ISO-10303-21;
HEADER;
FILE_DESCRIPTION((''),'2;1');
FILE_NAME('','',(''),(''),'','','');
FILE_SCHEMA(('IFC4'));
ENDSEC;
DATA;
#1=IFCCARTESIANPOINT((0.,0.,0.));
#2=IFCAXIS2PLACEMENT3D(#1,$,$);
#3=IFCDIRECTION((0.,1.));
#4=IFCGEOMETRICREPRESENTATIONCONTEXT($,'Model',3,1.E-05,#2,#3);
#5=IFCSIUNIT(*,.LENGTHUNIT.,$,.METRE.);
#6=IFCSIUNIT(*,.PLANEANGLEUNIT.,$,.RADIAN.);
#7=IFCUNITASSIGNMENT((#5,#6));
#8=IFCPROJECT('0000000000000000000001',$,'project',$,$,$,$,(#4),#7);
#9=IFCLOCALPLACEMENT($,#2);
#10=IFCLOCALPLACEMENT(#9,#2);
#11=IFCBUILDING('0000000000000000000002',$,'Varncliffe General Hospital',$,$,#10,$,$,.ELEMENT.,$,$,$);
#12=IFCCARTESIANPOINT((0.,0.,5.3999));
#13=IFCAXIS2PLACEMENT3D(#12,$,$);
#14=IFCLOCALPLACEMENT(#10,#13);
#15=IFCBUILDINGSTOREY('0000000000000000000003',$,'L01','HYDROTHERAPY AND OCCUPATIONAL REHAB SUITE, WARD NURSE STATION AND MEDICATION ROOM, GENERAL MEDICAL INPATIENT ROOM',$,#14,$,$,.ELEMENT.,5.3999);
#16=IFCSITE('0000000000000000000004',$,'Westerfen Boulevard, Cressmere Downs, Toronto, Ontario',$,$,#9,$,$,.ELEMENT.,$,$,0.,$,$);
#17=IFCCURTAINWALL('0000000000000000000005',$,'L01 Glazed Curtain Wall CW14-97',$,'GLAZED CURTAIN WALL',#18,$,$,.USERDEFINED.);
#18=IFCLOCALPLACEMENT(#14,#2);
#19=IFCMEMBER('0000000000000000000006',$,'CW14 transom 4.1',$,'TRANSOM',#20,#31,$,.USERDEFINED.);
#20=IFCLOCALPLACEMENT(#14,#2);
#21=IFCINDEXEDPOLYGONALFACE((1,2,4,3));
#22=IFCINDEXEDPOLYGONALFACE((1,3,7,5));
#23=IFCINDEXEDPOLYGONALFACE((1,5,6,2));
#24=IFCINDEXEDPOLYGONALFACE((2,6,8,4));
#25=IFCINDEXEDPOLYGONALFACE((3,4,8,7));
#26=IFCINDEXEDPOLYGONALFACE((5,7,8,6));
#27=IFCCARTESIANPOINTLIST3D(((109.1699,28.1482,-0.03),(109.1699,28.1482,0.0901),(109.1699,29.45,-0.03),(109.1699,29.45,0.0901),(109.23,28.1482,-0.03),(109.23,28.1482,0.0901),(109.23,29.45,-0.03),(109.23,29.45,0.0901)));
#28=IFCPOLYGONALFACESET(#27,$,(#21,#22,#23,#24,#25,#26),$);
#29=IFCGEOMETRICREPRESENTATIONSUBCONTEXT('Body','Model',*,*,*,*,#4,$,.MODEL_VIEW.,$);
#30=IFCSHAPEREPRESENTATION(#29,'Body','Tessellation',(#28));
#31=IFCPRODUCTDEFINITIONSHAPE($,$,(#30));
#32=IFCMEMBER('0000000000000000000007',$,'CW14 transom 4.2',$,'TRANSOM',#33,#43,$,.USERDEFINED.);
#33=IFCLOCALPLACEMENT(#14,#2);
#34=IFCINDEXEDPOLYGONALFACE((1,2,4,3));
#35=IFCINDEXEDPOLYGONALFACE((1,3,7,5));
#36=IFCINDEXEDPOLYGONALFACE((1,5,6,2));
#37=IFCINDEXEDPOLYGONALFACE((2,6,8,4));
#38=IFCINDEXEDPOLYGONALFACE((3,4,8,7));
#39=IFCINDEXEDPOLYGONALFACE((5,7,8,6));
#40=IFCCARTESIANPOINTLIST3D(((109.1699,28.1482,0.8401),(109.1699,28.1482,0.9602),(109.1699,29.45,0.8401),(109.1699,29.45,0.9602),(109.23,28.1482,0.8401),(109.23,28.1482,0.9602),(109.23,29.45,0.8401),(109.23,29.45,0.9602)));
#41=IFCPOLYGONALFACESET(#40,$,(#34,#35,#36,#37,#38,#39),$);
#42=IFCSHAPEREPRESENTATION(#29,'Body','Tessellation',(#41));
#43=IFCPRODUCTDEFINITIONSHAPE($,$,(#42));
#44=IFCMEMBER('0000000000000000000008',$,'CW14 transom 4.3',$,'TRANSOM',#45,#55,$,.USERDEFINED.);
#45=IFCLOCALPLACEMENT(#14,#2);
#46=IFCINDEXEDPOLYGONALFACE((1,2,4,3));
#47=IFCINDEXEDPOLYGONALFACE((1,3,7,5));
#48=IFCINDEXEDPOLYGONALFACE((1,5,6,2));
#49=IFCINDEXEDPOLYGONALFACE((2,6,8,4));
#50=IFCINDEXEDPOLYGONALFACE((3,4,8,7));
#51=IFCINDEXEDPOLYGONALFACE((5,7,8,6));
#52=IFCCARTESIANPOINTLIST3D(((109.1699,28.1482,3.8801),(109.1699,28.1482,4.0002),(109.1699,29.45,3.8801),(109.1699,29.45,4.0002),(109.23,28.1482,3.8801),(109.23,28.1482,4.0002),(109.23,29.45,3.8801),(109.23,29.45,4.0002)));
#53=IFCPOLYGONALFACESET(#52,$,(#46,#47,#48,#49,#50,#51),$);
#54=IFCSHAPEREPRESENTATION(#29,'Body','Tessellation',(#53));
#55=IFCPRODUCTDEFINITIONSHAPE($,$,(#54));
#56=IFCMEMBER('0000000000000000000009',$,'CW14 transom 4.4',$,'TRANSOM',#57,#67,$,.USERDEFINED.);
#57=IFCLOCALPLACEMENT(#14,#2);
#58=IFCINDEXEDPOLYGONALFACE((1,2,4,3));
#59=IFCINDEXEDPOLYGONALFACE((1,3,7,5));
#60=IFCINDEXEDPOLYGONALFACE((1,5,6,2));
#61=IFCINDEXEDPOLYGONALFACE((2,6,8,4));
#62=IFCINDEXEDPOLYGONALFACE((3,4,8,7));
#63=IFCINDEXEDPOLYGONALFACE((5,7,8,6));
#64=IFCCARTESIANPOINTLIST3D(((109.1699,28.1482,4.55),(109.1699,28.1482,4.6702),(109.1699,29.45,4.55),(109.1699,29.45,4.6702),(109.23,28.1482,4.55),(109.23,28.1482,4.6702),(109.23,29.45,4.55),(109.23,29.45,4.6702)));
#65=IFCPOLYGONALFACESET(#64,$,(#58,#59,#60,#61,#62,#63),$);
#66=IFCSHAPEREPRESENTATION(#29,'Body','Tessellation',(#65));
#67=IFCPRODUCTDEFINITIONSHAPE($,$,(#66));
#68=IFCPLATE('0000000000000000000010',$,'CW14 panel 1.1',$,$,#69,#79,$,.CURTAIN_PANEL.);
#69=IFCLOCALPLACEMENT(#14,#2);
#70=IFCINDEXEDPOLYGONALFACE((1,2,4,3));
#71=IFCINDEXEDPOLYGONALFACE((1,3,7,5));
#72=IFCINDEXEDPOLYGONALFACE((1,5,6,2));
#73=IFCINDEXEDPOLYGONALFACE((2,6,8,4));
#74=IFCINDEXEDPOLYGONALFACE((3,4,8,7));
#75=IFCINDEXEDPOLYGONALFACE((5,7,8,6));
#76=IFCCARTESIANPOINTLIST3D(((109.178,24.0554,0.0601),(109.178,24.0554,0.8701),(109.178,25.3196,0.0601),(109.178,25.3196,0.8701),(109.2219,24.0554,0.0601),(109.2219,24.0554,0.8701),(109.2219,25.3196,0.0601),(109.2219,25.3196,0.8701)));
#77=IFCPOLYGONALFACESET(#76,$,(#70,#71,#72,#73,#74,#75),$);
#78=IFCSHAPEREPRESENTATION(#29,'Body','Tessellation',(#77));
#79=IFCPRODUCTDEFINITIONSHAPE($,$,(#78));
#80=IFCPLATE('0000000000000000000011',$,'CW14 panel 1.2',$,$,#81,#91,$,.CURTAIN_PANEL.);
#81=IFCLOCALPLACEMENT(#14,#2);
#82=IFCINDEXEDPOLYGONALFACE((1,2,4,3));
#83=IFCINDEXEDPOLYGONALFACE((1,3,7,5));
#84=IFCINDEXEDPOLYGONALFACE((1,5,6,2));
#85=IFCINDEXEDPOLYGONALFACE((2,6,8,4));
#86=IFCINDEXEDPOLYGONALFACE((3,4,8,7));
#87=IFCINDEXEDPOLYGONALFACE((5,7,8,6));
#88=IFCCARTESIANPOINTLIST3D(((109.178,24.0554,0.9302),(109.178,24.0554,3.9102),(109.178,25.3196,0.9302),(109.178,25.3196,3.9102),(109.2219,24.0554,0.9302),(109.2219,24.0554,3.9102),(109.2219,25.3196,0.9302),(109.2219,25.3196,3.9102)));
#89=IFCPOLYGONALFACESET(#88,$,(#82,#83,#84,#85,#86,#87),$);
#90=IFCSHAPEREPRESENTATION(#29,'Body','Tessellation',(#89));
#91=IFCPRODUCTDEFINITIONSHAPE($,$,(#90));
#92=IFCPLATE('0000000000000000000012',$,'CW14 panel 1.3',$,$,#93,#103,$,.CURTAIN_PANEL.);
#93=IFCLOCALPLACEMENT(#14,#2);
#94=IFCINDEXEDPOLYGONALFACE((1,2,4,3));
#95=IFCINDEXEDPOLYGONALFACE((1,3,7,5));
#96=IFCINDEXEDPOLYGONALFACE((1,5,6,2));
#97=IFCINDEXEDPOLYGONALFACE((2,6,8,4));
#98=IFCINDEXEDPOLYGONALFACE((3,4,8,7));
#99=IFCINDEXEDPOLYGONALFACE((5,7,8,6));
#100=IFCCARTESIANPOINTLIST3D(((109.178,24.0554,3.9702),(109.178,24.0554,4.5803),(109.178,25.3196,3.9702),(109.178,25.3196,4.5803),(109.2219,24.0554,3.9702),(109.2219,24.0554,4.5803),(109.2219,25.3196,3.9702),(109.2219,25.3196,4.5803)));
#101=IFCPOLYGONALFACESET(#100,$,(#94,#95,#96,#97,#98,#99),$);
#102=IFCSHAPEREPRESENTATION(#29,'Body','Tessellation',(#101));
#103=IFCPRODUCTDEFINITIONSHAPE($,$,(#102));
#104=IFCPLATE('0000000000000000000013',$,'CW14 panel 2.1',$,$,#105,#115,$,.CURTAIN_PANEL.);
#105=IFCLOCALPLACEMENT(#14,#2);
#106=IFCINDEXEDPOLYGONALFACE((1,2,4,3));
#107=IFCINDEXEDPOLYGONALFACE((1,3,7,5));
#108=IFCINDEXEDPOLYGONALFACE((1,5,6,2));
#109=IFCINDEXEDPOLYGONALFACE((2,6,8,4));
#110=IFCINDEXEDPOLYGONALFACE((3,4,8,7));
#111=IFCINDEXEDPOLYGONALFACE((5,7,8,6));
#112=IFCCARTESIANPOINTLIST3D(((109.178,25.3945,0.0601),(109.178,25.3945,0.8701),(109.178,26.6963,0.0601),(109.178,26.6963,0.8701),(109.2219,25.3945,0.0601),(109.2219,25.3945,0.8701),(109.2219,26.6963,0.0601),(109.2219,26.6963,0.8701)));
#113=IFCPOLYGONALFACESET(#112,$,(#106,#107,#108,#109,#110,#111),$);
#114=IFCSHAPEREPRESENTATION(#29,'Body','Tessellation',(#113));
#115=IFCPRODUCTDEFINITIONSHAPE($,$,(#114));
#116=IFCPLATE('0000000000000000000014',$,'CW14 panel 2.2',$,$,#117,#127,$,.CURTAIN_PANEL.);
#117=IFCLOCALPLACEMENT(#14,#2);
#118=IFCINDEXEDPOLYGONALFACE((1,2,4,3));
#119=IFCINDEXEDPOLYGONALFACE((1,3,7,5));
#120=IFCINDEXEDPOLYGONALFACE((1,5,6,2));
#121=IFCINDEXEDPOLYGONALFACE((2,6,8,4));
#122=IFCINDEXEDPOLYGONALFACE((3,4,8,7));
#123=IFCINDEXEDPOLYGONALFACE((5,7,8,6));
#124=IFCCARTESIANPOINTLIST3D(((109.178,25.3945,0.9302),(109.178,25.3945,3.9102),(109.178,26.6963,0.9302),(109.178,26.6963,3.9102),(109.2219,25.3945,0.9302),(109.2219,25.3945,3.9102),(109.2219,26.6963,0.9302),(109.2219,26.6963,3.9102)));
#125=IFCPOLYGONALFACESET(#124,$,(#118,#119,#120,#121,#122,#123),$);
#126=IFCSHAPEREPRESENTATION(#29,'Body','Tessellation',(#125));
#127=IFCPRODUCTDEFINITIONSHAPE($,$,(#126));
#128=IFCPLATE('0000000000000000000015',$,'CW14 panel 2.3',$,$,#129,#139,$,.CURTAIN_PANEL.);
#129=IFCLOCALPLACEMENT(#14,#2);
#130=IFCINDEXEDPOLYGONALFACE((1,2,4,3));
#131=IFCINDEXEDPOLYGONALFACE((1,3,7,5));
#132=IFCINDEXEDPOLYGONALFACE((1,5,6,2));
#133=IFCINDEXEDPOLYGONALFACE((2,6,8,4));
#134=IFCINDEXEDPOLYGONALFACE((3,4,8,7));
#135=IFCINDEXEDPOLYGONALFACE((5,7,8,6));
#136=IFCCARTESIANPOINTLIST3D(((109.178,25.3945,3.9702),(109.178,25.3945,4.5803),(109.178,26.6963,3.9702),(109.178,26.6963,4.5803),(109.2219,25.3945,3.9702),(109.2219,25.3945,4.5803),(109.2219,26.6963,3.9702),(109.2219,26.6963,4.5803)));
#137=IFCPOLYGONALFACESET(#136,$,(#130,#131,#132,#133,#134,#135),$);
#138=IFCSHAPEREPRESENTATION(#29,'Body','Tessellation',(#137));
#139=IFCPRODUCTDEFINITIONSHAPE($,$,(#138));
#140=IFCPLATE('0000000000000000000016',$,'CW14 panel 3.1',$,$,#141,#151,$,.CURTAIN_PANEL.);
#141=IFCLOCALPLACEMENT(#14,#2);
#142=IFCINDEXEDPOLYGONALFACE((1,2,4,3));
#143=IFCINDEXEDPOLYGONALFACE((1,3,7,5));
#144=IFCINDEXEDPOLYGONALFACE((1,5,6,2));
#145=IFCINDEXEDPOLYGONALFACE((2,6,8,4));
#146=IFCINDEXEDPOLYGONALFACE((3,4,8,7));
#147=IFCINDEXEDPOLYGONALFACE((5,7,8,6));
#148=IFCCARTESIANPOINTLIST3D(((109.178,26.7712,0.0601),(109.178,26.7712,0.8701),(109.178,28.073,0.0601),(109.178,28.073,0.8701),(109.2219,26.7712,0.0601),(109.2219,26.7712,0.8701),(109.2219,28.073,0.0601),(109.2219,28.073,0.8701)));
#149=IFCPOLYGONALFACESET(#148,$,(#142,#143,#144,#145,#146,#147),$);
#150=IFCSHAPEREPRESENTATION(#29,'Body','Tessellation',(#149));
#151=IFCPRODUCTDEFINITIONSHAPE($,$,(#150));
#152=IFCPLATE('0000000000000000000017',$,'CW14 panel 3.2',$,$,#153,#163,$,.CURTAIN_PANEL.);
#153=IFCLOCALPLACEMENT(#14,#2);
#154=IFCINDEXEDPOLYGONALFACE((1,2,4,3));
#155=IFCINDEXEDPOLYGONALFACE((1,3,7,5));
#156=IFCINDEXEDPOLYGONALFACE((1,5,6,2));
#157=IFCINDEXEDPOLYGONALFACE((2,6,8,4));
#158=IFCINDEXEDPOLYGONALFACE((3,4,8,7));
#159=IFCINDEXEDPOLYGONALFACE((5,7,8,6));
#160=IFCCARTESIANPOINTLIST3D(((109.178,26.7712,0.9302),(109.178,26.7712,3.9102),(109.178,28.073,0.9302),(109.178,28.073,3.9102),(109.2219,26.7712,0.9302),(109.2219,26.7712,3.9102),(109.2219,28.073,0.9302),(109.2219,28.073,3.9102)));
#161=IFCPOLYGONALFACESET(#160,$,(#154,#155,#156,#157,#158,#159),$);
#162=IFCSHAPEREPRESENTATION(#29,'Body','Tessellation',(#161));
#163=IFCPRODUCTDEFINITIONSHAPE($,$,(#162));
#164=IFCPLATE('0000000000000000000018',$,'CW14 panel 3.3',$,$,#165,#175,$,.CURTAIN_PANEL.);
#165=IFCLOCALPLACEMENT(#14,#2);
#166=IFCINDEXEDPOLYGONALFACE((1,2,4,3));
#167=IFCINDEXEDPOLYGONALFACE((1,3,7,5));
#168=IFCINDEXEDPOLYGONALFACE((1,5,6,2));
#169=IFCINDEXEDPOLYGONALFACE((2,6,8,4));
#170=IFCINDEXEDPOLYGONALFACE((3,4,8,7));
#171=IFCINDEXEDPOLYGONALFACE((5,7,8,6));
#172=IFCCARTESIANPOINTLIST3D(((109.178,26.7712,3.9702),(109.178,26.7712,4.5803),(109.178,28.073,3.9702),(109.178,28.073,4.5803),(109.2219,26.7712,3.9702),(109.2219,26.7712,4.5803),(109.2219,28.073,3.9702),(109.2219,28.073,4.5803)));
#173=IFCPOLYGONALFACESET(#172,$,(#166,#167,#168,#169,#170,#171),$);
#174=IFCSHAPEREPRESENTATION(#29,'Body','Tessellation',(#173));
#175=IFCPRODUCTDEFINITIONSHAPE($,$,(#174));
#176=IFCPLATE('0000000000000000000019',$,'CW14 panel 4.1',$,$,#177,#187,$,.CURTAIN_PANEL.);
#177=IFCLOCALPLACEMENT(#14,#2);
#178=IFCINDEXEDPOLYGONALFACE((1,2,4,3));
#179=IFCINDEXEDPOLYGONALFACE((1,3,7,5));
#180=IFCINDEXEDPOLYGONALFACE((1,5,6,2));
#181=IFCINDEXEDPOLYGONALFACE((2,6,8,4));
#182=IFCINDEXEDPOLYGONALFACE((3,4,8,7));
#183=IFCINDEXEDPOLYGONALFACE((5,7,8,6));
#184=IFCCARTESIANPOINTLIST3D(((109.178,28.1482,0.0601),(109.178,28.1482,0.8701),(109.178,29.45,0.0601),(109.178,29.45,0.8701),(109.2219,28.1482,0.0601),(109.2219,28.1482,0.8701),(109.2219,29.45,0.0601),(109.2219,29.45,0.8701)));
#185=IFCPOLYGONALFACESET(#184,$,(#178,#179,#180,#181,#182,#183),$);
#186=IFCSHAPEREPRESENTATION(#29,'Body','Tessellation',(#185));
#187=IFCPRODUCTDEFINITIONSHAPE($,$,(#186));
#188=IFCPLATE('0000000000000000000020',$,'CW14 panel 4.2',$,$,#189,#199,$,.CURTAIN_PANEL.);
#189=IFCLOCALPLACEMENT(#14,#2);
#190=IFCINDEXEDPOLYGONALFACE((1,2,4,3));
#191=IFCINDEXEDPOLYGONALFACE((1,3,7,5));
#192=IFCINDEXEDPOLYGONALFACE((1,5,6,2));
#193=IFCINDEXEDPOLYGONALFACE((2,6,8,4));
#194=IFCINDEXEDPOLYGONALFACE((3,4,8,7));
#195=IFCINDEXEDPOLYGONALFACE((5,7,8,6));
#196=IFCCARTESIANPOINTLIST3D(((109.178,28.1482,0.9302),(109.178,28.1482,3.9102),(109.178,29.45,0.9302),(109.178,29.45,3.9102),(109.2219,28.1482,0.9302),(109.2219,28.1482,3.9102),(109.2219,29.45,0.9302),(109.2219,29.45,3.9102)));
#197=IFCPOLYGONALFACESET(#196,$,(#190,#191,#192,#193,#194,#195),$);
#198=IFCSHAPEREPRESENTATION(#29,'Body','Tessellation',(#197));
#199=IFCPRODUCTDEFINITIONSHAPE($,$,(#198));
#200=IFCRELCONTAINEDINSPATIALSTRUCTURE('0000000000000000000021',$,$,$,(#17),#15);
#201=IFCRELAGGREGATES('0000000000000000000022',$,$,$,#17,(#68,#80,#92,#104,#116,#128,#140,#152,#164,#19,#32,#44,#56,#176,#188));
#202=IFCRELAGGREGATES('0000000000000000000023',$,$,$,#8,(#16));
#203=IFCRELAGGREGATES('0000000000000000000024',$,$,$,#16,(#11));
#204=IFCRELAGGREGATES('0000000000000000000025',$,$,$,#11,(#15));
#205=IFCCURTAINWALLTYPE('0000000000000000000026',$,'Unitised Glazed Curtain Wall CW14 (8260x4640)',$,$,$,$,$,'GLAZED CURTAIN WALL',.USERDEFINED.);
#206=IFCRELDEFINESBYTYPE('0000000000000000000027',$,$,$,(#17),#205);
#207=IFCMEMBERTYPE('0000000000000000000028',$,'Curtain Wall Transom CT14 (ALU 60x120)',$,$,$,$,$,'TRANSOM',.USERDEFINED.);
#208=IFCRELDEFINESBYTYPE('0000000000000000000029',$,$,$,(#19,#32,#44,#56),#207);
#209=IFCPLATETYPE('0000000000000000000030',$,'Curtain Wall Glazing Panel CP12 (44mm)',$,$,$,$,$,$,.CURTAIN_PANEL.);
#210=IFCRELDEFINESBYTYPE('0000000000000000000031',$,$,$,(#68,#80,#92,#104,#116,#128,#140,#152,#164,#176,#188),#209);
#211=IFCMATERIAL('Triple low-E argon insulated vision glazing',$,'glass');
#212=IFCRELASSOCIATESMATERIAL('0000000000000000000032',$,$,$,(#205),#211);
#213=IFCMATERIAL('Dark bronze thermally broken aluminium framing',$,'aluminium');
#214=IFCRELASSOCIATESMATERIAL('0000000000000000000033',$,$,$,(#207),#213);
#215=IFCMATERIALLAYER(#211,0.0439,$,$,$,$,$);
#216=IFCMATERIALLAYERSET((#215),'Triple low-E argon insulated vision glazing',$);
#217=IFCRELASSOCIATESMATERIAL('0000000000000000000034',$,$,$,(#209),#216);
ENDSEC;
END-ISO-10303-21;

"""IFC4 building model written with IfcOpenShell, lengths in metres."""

from ifc_helpers import new_model, si_unit, direction, frame, origin, origin_2d, place, context, subcontext, project, spatial, rectangle, extrude, material, layer, layer_set, material_profile, profile_set, type_object, element, aggregate, save


model = new_model("IFC4")

# Units and contexts
model_context = context("Model", 3, precision=1e-05, world=origin(), true_north=direction((0.0, 1.0)))
body_context = subcontext(model_context, "Body", "Model", "MODEL_VIEW")
ifc_project = project(units=[si_unit("LENGTHUNIT", "METRE"), si_unit("PLANEANGLEUNIT", "RADIAN")], contexts=[model_context])

# Site, building, storey
site_placement = place(None, origin())
site = spatial("IfcSite", under=ifc_project, at=site_placement, Name="Westerfen Boulevard, Cressmere Downs, Toronto, Ontario", CompositionType="ELEMENT", RefElevation=0.0)
building_placement = place(site_placement, origin())
building = spatial("IfcBuilding", under=site, at=building_placement, Name="Varncliffe General Hospital", CompositionType="ELEMENT")
storey_placement = place(building_placement, frame((0.0, 0.0, 5.3999)))
storey = spatial("IfcBuildingStorey", under=building, at=storey_placement, Name="L01", Description="HYDROTHERAPY AND OCCUPATIONAL REHAB SUITE, WARD NURSE STATION AND MEDICATION ROOM, GENERAL MEDICAL INPATIENT ROOM", CompositionType="ELEMENT", Elevation=5.3999)

# Curtain wall, members, plates
ifc_material_1 = material(Name="Triple low-E argon insulated vision glazing", Category="glass")
curtain_wall_type = type_object("IfcCurtainWallType", Name="Unitised Glazed Curtain Wall CW14 (8260x4640)", ElementType="GLAZED CURTAIN WALL", PredefinedType="USERDEFINED", material=ifc_material_1)
curtain_wall_placement = place(storey_placement, origin())
curtain_wall = element("IfcCurtainWall", 1, at=curtain_wall_placement, inside=storey, type_object=curtain_wall_type, Name="L01 Glazed Curtain Wall CW14-97", ObjectType="GLAZED CURTAIN WALL", PredefinedType="USERDEFINED")
ifc_material_2 = material(Name="Dark bronze thermally broken aluminium framing", Category="aluminium")
ifc_material_profile_1 = material_profile(ifc_material_2, rectangle(XDim=0.0601, YDim=0.1201, at=origin_2d()), Name="ALU 60x120")
ifc_profile_set_1 = profile_set([ifc_material_profile_1], Name="Dark bronze thermally broken aluminium framing")
member_type_1 = type_object("IfcMemberType", Name="Curtain Wall Transom CT14 (ALU 60x120)", ElementType="TRANSOM", PredefinedType="USERDEFINED", material=ifc_profile_set_1)
member_1_placement = place(storey_placement, frame((109.2, 28.1482, 0.03), z_axis=(0.0, 1.0, 0.0), x_axis=(-1.0, 0.0, 0.0)))
member_1 = element("IfcMember", 2, at=member_1_placement, type_object=member_type_1, Name="CW14 transom 4.1", ObjectType="TRANSOM", PredefinedType="USERDEFINED", context=body_context, shape_type="SweptSolid", body=[
    extrude(rectangle(XDim=0.0601, YDim=0.1201, at=origin_2d()), origin(), (0.0, 0.0, 1.0), 1.3018),
])
member_2_placement = place(storey_placement, frame((109.2, 28.1482, 0.9001), z_axis=(0.0, 1.0, 0.0), x_axis=(-1.0, 0.0, 0.0)))
member_2 = element("IfcMember", 3, at=member_2_placement, type_object=member_type_1, Name="CW14 transom 4.2", ObjectType="TRANSOM", PredefinedType="USERDEFINED", context=body_context, shape_type="SweptSolid", body=[
    extrude(rectangle(XDim=0.0601, YDim=0.1201, at=origin_2d()), origin(), (0.0, 0.0, 1.0), 1.3018),
])
member_3_placement = place(storey_placement, frame((109.2, 28.1482, 3.9402), z_axis=(0.0, 1.0, 0.0), x_axis=(-1.0, 0.0, 0.0)))
member_3 = element("IfcMember", 4, at=member_3_placement, type_object=member_type_1, Name="CW14 transom 4.3", ObjectType="TRANSOM", PredefinedType="USERDEFINED", context=body_context, shape_type="SweptSolid", body=[
    extrude(rectangle(XDim=0.0601, YDim=0.1201, at=origin_2d()), origin(), (0.0, 0.0, 1.0), 1.3018),
])
member_4_placement = place(storey_placement, frame((109.2, 28.1482, 4.6101), z_axis=(0.0, 1.0, 0.0), x_axis=(-1.0, 0.0, 0.0)))
member_4 = element("IfcMember", 5, at=member_4_placement, type_object=member_type_1, Name="CW14 transom 4.4", ObjectType="TRANSOM", PredefinedType="USERDEFINED", context=body_context, shape_type="SweptSolid", body=[
    extrude(rectangle(XDim=0.0601, YDim=0.1201, at=origin_2d()), origin(), (0.0, 0.0, 1.0), 1.3018),
])
ifc_layer_1 = layer(ifc_material_1, 0.0439)
ifc_layer_set_1 = layer_set([ifc_layer_1], Name="Triple low-E argon insulated vision glazing")
plate_type = type_object("IfcPlateType", Name="Curtain Wall Glazing Panel CP12 (44mm)", PredefinedType="CURTAIN_PANEL", material=ifc_layer_set_1)
plate_1_placement = place(storey_placement, frame((109.2, 24.6875, 0.0601), z_axis=(0.0, 0.0, 1.0), x_axis=(0.0, 1.0, 0.0)))
plate_1 = element("IfcPlate", 6, at=plate_1_placement, type_object=plate_type, Name="CW14 panel 1.1", PredefinedType="CURTAIN_PANEL", context=body_context, shape_type="SweptSolid", body=[
    extrude(rectangle(XDim=1.2642, YDim=0.0439, at=origin_2d()), origin(), (0.0, 0.0, 1.0), 0.8101),
])
plate_2_placement = place(storey_placement, frame((109.2, 24.6875, 0.9302), z_axis=(0.0, 0.0, 1.0), x_axis=(0.0, 1.0, 0.0)))
plate_2 = element("IfcPlate", 7, at=plate_2_placement, type_object=plate_type, Name="CW14 panel 1.2", PredefinedType="CURTAIN_PANEL", context=body_context, shape_type="SweptSolid", body=[
    extrude(rectangle(XDim=1.2642, YDim=0.0439, at=origin_2d()), origin(), (0.0, 0.0, 1.0), 2.98),
])
plate_3_placement = place(storey_placement, frame((109.2, 24.6875, 3.9702), z_axis=(0.0, 0.0, 1.0), x_axis=(0.0, 1.0, 0.0)))
plate_3 = element("IfcPlate", 8, at=plate_3_placement, type_object=plate_type, Name="CW14 panel 1.3", PredefinedType="CURTAIN_PANEL", context=body_context, shape_type="SweptSolid", body=[
    extrude(rectangle(XDim=1.2642, YDim=0.0439, at=origin_2d()), origin(), (0.0, 0.0, 1.0), 0.6101),
])
plate_4_placement = place(storey_placement, frame((109.2, 26.0454, 0.0601), z_axis=(0.0, 0.0, 1.0), x_axis=(0.0, 1.0, 0.0)))
plate_4 = element("IfcPlate", 9, at=plate_4_placement, type_object=plate_type, Name="CW14 panel 2.1", PredefinedType="CURTAIN_PANEL", context=body_context, shape_type="SweptSolid", body=[
    extrude(rectangle(XDim=1.3018, YDim=0.0439, at=origin_2d()), origin(), (0.0, 0.0, 1.0), 0.8101),
])
plate_5_placement = place(storey_placement, frame((109.2, 26.0454, 0.9302), z_axis=(0.0, 0.0, 1.0), x_axis=(0.0, 1.0, 0.0)))
plate_5 = element("IfcPlate", 10, at=plate_5_placement, type_object=plate_type, Name="CW14 panel 2.2", PredefinedType="CURTAIN_PANEL", context=body_context, shape_type="SweptSolid", body=[
    extrude(rectangle(XDim=1.3018, YDim=0.0439, at=origin_2d()), origin(), (0.0, 0.0, 1.0), 2.98),
])
plate_6_placement = place(storey_placement, frame((109.2, 26.0454, 3.9702), z_axis=(0.0, 0.0, 1.0), x_axis=(0.0, 1.0, 0.0)))
plate_6 = element("IfcPlate", 11, at=plate_6_placement, type_object=plate_type, Name="CW14 panel 2.3", PredefinedType="CURTAIN_PANEL", context=body_context, shape_type="SweptSolid", body=[
    extrude(rectangle(XDim=1.3018, YDim=0.0439, at=origin_2d()), origin(), (0.0, 0.0, 1.0), 0.6101),
])
plate_7_placement = place(storey_placement, frame((109.2, 27.4221, 0.0601), z_axis=(0.0, 0.0, 1.0), x_axis=(0.0, 1.0, 0.0)))
plate_7 = element("IfcPlate", 12, at=plate_7_placement, type_object=plate_type, Name="CW14 panel 3.1", PredefinedType="CURTAIN_PANEL", context=body_context, shape_type="SweptSolid", body=[
    extrude(rectangle(XDim=1.3018, YDim=0.0439, at=origin_2d()), origin(), (0.0, 0.0, 1.0), 0.8101),
])
plate_8_placement = place(storey_placement, frame((109.2, 27.4221, 0.9302), z_axis=(0.0, 0.0, 1.0), x_axis=(0.0, 1.0, 0.0)))
plate_8 = element("IfcPlate", 13, at=plate_8_placement, type_object=plate_type, Name="CW14 panel 3.2", PredefinedType="CURTAIN_PANEL", context=body_context, shape_type="SweptSolid", body=[
    extrude(rectangle(XDim=1.3018, YDim=0.0439, at=origin_2d()), origin(), (0.0, 0.0, 1.0), 2.98),
])
plate_9_placement = place(storey_placement, frame((109.2, 27.4221, 3.9702), z_axis=(0.0, 0.0, 1.0), x_axis=(0.0, 1.0, 0.0)))
plate_9 = element("IfcPlate", 14, at=plate_9_placement, type_object=plate_type, Name="CW14 panel 3.3", PredefinedType="CURTAIN_PANEL", context=body_context, shape_type="SweptSolid", body=[
    extrude(rectangle(XDim=1.3018, YDim=0.0439, at=origin_2d()), origin(), (0.0, 0.0, 1.0), 0.6101),
])
plate_10_placement = place(storey_placement, frame((109.2, 28.7991, 0.0601), z_axis=(0.0, 0.0, 1.0), x_axis=(0.0, 1.0, 0.0)))
plate_10 = element("IfcPlate", 15, at=plate_10_placement, type_object=plate_type, Name="CW14 panel 4.1", PredefinedType="CURTAIN_PANEL", context=body_context, shape_type="SweptSolid", body=[
    extrude(rectangle(XDim=1.3018, YDim=0.0439, at=origin_2d()), origin(), (0.0, 0.0, 1.0), 0.8101),
])
plate_11_placement = place(storey_placement, frame((109.2, 28.7991, 0.9302), z_axis=(0.0, 0.0, 1.0), x_axis=(0.0, 1.0, 0.0)))
plate_11 = element("IfcPlate", 16, at=plate_11_placement, type_object=plate_type, Name="CW14 panel 4.2", PredefinedType="CURTAIN_PANEL", context=body_context, shape_type="SweptSolid", body=[
    extrude(rectangle(XDim=1.3018, YDim=0.0439, at=origin_2d()), origin(), (0.0, 0.0, 1.0), 2.98),
])
aggregate(curtain_wall, [plate_1, plate_2, plate_3, plate_4, plate_5, plate_6, plate_7, plate_8, plate_9, member_1, member_2, member_3, member_4, plate_10, plate_11])

save(model, "model.ifc")
